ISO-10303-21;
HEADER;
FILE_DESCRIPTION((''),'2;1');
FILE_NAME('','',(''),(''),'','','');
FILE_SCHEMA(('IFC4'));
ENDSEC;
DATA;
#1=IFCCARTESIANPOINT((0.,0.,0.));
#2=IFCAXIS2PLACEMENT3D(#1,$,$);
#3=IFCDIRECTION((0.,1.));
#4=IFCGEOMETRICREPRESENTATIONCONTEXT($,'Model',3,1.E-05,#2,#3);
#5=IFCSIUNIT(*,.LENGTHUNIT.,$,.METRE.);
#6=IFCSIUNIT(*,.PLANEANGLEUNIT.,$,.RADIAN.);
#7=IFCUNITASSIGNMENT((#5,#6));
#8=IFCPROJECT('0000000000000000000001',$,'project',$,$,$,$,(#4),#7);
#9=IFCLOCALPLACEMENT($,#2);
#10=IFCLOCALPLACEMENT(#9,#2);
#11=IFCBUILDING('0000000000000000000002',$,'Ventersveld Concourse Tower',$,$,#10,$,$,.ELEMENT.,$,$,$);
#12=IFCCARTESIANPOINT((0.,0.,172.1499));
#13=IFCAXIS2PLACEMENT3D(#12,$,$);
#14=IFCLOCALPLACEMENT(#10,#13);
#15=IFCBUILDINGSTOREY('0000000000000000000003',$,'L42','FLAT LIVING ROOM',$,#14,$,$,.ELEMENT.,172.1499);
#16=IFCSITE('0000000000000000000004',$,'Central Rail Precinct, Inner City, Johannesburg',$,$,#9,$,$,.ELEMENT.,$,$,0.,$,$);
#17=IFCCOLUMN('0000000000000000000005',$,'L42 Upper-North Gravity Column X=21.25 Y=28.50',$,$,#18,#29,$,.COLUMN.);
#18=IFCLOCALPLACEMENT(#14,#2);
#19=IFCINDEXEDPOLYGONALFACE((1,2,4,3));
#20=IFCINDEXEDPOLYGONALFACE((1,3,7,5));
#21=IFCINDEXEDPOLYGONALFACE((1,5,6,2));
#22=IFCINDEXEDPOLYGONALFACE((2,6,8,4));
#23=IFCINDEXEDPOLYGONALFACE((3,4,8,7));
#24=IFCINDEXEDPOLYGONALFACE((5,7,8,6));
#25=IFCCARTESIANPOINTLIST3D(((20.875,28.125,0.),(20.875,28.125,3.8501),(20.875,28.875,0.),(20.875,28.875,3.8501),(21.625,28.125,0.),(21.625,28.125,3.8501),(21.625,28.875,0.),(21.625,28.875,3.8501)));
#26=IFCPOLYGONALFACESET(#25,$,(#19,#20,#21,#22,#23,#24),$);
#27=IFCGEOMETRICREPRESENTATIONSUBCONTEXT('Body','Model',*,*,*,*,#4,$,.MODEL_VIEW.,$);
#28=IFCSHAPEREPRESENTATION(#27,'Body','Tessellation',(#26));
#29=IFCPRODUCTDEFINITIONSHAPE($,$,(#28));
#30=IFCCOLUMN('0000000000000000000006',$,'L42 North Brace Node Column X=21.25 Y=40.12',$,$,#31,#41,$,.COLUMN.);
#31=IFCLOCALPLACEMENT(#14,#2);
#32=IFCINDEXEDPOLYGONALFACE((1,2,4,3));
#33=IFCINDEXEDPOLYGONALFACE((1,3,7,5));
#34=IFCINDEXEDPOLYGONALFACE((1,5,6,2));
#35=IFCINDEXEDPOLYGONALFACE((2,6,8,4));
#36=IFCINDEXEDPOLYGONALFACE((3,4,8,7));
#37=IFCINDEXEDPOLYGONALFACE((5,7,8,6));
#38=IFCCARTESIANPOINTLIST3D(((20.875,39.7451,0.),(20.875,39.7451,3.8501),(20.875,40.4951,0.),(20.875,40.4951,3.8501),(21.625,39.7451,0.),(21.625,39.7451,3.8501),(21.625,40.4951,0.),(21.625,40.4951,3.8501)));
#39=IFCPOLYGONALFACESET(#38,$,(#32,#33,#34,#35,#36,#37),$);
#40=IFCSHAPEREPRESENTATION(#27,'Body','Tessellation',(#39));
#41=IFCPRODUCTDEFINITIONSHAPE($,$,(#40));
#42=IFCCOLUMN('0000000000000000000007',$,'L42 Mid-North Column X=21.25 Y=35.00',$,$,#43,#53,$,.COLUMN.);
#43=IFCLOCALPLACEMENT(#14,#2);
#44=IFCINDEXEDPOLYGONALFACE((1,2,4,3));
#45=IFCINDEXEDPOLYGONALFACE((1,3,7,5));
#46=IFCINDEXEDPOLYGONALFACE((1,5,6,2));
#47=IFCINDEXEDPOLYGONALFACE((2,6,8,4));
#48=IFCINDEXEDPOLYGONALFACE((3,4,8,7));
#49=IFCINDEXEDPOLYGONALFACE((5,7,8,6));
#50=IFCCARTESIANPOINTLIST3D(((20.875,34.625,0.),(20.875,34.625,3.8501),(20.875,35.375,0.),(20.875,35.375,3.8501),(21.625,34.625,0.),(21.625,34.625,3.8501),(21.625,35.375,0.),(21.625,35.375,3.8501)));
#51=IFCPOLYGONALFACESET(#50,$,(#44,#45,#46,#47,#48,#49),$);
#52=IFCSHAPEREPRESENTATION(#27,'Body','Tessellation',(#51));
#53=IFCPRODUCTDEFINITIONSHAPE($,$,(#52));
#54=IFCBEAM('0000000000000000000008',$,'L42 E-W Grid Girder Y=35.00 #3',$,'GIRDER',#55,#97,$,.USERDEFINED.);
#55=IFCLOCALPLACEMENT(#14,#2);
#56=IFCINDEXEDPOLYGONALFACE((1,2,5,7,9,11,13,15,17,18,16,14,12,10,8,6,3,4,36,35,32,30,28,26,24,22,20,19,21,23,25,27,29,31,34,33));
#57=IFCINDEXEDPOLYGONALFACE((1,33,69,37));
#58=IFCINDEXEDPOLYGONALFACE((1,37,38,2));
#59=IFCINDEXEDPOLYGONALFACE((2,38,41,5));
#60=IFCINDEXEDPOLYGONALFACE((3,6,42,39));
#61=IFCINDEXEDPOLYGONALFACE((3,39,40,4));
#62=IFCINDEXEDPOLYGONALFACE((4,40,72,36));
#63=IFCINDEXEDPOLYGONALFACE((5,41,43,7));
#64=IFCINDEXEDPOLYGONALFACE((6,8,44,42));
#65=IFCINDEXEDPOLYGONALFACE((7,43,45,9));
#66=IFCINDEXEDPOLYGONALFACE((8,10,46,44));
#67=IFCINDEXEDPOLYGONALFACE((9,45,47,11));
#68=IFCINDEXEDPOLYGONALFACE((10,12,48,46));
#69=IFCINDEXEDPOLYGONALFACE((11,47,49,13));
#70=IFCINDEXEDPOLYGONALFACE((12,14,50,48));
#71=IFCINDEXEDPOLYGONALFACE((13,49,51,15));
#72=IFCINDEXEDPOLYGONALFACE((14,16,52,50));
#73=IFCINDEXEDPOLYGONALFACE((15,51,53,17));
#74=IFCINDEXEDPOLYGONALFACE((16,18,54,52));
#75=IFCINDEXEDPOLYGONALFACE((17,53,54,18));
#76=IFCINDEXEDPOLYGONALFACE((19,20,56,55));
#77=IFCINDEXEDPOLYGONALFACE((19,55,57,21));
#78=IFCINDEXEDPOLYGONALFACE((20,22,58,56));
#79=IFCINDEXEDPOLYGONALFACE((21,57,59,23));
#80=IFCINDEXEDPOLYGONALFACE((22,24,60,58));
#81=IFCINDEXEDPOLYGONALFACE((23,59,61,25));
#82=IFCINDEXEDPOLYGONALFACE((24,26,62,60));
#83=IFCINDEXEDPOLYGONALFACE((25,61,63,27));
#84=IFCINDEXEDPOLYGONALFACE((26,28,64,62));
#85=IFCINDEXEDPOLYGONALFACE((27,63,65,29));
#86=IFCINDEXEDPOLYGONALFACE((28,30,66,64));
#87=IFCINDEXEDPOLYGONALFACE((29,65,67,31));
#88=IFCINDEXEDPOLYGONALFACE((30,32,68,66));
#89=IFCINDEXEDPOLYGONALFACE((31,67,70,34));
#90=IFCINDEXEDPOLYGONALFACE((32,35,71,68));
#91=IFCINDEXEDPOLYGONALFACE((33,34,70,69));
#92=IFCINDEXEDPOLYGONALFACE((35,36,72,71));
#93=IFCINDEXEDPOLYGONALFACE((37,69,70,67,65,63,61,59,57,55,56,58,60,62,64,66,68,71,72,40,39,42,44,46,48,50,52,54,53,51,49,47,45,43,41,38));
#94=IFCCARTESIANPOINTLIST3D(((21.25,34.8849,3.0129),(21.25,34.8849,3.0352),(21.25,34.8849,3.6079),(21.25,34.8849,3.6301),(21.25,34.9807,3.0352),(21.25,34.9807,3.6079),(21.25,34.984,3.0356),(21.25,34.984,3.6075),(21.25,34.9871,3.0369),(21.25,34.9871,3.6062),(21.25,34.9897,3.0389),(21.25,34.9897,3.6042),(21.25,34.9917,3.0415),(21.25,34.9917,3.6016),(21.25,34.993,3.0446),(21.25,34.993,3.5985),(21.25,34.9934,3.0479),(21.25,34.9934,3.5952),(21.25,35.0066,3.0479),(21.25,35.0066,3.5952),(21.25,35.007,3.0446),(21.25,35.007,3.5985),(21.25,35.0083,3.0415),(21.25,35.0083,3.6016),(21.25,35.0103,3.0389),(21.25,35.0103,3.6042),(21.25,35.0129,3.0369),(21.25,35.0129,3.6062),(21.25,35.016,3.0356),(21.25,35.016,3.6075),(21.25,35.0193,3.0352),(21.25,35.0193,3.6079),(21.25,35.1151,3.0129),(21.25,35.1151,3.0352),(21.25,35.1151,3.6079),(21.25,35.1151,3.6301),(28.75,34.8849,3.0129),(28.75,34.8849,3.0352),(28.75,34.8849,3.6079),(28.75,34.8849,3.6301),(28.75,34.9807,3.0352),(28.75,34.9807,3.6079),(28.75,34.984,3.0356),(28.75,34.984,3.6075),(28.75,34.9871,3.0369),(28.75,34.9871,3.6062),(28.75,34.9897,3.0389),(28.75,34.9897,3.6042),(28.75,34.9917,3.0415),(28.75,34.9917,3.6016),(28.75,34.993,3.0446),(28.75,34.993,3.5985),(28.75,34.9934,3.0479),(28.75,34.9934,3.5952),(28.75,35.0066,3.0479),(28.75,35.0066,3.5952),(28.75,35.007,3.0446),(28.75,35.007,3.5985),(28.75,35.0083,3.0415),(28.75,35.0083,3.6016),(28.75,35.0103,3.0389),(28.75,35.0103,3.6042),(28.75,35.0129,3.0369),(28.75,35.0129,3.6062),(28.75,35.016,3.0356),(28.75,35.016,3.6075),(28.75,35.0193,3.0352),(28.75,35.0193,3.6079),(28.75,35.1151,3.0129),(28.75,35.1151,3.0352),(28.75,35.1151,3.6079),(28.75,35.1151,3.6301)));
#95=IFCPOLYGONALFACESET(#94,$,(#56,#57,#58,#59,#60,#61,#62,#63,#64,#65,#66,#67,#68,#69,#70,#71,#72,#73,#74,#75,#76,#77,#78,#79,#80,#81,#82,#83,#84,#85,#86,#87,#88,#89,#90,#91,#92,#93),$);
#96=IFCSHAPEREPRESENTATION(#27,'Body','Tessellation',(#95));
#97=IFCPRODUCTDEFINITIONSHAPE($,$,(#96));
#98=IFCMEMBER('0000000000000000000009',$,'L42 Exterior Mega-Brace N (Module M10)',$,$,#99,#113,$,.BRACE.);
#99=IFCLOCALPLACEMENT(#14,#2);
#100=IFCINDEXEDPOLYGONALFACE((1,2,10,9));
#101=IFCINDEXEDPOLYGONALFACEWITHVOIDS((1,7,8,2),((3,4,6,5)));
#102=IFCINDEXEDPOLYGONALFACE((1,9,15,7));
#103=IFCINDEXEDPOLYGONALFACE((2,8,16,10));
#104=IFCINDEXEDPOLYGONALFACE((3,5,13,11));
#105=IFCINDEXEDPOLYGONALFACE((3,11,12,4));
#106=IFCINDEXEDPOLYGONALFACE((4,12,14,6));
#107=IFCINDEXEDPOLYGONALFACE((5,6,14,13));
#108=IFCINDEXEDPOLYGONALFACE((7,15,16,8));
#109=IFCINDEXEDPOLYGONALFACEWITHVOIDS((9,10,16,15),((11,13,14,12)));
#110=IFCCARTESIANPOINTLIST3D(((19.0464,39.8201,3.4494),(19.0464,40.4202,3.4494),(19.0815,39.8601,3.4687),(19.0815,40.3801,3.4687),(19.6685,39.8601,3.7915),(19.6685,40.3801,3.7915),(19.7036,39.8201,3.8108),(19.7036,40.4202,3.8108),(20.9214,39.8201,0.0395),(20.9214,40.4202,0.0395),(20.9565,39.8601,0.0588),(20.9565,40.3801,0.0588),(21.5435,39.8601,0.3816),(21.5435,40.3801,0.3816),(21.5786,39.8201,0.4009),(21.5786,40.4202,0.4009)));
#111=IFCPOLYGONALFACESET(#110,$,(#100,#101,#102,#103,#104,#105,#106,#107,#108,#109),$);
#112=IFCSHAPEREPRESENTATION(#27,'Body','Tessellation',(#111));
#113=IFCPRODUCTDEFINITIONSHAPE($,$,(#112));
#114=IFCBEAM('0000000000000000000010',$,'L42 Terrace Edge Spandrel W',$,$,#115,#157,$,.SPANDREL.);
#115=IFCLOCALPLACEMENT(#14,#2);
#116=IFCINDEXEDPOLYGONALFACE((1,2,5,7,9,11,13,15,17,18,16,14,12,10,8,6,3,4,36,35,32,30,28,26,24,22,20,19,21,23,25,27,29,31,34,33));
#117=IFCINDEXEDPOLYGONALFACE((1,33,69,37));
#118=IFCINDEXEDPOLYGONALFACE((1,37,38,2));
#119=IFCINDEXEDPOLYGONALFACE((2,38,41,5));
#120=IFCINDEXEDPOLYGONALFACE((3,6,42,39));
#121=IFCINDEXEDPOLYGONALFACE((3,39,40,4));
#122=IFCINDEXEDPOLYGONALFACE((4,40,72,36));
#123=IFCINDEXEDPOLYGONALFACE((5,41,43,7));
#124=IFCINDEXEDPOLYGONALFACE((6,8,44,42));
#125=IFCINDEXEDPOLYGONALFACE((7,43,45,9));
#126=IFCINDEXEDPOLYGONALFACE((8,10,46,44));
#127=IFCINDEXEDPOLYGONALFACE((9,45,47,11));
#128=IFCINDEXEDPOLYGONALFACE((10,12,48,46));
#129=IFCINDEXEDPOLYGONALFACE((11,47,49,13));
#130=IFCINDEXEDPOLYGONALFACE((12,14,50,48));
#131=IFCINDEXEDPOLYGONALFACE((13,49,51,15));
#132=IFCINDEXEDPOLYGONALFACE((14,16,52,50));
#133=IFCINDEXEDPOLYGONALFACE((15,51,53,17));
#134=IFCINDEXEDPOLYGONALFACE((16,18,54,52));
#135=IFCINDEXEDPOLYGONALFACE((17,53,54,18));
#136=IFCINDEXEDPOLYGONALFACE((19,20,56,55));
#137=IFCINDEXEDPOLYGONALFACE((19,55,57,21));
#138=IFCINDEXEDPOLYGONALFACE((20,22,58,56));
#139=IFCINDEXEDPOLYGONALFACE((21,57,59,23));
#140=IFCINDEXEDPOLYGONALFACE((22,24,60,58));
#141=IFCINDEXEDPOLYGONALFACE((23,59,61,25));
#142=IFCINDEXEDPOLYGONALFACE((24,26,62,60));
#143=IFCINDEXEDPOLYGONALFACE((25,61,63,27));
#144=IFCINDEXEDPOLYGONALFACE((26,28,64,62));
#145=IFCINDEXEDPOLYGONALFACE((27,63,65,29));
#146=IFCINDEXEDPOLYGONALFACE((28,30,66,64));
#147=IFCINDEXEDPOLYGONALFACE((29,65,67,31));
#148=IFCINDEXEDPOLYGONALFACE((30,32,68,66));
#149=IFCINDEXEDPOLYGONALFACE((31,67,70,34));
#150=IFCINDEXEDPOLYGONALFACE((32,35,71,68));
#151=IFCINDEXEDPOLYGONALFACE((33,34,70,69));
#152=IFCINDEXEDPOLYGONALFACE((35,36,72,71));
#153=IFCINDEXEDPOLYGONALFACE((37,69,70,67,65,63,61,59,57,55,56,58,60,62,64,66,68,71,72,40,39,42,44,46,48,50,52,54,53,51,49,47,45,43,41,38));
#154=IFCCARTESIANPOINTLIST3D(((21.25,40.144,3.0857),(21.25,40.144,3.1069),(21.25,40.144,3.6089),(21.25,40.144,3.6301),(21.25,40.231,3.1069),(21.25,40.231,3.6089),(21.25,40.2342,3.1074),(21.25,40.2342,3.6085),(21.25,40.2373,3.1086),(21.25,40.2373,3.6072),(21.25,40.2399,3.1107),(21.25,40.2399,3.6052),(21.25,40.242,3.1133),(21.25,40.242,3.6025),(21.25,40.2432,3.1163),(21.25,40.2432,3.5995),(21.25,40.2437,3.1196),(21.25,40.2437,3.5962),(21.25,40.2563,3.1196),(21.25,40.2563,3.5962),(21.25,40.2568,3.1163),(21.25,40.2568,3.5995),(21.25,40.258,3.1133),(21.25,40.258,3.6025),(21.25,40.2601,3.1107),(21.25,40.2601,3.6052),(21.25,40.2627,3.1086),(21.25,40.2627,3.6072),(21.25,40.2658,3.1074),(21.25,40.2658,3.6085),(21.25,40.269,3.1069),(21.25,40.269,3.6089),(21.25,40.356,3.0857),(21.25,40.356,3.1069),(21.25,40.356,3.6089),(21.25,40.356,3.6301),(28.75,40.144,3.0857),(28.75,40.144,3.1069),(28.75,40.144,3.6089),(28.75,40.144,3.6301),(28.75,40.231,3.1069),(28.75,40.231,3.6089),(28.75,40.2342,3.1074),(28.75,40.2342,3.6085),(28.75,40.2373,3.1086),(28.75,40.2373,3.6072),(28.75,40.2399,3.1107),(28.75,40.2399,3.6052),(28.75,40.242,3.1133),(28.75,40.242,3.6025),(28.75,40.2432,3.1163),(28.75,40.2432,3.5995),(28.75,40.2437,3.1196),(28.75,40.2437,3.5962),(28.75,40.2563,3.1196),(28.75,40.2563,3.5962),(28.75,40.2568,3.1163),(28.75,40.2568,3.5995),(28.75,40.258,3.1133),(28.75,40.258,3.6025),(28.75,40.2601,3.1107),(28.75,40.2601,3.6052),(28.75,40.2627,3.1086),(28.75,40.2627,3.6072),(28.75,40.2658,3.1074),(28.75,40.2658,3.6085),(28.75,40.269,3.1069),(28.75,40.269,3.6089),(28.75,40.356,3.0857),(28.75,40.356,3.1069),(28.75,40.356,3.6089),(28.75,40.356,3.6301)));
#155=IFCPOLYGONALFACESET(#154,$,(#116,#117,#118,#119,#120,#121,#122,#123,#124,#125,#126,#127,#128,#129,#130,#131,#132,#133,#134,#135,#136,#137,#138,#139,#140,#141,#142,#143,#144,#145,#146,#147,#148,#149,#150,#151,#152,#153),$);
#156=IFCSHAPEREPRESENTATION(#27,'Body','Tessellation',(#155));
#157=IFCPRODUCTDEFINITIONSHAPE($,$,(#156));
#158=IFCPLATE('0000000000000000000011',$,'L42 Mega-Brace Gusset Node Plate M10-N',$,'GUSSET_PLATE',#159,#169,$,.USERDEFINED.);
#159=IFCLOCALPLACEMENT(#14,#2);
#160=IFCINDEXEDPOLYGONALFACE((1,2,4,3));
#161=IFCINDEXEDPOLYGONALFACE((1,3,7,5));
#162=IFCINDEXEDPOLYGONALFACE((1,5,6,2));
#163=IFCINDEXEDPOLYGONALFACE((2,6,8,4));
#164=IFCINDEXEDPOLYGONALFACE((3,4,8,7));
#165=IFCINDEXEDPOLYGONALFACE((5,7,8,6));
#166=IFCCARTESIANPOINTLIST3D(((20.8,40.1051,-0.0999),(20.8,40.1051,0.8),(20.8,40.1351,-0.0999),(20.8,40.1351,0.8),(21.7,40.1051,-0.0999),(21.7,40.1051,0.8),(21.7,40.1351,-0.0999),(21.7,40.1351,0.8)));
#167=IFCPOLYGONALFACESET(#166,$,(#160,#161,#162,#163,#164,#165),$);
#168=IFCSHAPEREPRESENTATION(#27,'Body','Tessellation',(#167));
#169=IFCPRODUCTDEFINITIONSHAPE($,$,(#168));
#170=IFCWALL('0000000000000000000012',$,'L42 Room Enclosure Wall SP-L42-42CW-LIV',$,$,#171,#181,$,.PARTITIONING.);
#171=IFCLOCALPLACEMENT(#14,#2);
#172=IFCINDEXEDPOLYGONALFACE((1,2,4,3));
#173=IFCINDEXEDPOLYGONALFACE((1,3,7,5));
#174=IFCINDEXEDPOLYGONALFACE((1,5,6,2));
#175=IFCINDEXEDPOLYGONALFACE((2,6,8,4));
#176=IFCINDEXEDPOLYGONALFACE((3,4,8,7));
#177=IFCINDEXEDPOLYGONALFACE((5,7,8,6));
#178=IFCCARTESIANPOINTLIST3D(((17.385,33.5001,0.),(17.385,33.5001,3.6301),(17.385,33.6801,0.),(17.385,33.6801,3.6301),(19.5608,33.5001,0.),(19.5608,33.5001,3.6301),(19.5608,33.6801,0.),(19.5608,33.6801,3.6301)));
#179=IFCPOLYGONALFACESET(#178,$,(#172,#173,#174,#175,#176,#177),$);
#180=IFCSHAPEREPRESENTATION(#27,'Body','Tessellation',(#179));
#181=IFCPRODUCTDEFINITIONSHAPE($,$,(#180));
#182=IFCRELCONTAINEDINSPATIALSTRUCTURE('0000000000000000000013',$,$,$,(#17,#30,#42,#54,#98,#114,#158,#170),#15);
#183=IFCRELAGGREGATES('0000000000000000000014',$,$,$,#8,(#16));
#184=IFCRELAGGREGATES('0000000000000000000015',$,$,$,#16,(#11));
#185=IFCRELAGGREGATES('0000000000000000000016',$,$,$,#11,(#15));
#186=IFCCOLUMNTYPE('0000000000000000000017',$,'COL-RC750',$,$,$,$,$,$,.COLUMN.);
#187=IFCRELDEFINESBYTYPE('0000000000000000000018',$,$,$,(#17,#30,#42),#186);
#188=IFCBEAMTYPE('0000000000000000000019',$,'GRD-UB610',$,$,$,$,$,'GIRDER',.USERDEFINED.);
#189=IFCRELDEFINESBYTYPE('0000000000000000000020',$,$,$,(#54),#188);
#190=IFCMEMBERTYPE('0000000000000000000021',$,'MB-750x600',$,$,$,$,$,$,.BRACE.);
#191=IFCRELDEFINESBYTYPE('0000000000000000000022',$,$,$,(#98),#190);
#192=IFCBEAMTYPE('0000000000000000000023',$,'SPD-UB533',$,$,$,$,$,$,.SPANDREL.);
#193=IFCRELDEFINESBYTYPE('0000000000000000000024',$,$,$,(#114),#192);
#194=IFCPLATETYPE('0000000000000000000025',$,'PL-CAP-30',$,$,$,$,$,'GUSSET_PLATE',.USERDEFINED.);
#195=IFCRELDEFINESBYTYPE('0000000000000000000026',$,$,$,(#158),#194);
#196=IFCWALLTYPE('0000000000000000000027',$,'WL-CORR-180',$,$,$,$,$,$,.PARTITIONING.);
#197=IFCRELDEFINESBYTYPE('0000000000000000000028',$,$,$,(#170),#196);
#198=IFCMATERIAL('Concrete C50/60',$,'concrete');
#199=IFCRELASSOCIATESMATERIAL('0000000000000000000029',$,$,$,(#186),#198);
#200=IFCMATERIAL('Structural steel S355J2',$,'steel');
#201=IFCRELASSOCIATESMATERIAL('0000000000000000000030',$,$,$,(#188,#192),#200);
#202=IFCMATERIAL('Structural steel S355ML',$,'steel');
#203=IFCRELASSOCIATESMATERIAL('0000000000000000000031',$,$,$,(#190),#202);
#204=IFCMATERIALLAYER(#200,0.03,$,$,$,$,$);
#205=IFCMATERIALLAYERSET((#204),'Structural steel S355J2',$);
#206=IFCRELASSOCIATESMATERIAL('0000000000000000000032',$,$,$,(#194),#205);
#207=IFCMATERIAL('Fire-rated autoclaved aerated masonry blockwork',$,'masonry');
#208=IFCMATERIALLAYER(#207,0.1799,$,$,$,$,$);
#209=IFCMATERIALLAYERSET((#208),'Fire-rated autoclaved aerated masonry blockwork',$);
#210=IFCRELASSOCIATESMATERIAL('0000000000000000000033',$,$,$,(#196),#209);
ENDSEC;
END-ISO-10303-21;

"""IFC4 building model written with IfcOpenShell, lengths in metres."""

from ifc_helpers import new_model, si_unit, direction, frame, frame_2d, origin, origin_2d, place, context, subcontext, project, spatial, rectangle, hollow_rectangle, i_section, extrude, material, layer, layer_set, material_profile, profile_set, type_object, element, save


model = new_model("IFC4")

# Units and contexts
model_context = context("Model", 3, precision=1e-05, world=origin(), true_north=direction((0.0, 1.0)))
body_context = subcontext(model_context, "Body", "Model", "MODEL_VIEW")
ifc_project = project(units=[si_unit("LENGTHUNIT", "METRE"), si_unit("PLANEANGLEUNIT", "RADIAN")], contexts=[model_context])

# Site, building, storey
site_placement = place(None, origin())
site = spatial("IfcSite", under=ifc_project, at=site_placement, Name="Central Rail Precinct, Inner City, Johannesburg", CompositionType="ELEMENT", RefElevation=0.0)
building_placement = place(site_placement, origin())
building = spatial("IfcBuilding", under=site, at=building_placement, Name="Ventersveld Concourse Tower", CompositionType="ELEMENT")
storey_placement = place(building_placement, frame((0.0, 0.0, 172.1499)))
storey = spatial("IfcBuildingStorey", under=building, at=storey_placement, Name="L42", Description="FLAT LIVING ROOM", CompositionType="ELEMENT", Elevation=172.1499)

# Columns
ifc_material_1 = material(Name="Concrete C50/60", Category="concrete")
ifc_material_profile_1 = material_profile(ifc_material_1, rectangle(XDim=0.75, YDim=0.75, at=origin_2d()), Name="RC 750x750")
ifc_profile_set_1 = profile_set([ifc_material_profile_1], Name="Concrete C50/60")
column_type = type_object("IfcColumnType", Name="COL-RC750", PredefinedType="COLUMN", material=ifc_profile_set_1)
for number, where, z_axis, x_axis, name in (
    (1, (21.25, 28.5, 0.0), (0.0, 0.0, 1.0), (1.0, 0.0, 0.0), "L42 Upper-North Gravity Column X=21.25 Y=28.50"),
    (2, (21.25, 40.1201, 0.0), (0.0, 0.0, 1.0), (1.0, 0.0, 0.0), "L42 North Brace Node Column X=21.25 Y=40.12"),
    (3, (21.25, 35.0, 0.0), (0.0, 0.0, 1.0), (1.0, 0.0, 0.0), "L42 Mid-North Column X=21.25 Y=35.00"),
):
    element("IfcColumn", number, at=place(storey_placement, frame(where, z_axis=z_axis, x_axis=x_axis)), inside=storey, type_object=column_type, Name=name, PredefinedType="COLUMN", context=body_context, shape_type="SweptSolid", body=[
        extrude(rectangle(XDim=0.75, YDim=0.75, at=origin_2d()), origin(), (0.0, 0.0, 1.0), 3.8501),
    ])

# Beam
ifc_material_2 = material(Name="Structural steel S355J2", Category="steel")
ifc_material_profile_2 = material_profile(ifc_material_2, i_section(OverallWidth=0.2302, OverallDepth=0.6172, WebThickness=0.0132, FlangeThickness=0.0222, FilletRadius=0.0127, at=origin_2d()), Name="UB 610x229x140")
ifc_profile_set_2 = profile_set([ifc_material_profile_2], Name="Structural steel S355J2")
beam_type_1 = type_object("IfcBeamType", Name="GRD-UB610", ElementType="GIRDER", PredefinedType="USERDEFINED", material=ifc_profile_set_2)
beam_1_placement = place(storey_placement, frame((21.25, 35.0, 3.3215), z_axis=(1.0, 0.0, 0.0), x_axis=(0.0, 1.0, 0.0)))
element("IfcBeam", 4, at=beam_1_placement, inside=storey, type_object=beam_type_1, Name="L42 E-W Grid Girder Y=35.00 #3", ObjectType="GIRDER", PredefinedType="USERDEFINED", context=body_context, shape_type="SweptSolid", body=[
    extrude(i_section(OverallWidth=0.2302, OverallDepth=0.6172, WebThickness=0.0132, FlangeThickness=0.0222, FilletRadius=0.0127, at=origin_2d()), origin(), (0.0, 0.0, 1.0), 7.5),
])

# Member
ifc_material_3 = material(Name="Structural steel S355ML", Category="steel")
ifc_material_profile_3 = material_profile(ifc_material_3, hollow_rectangle(XDim=0.6001, YDim=0.75, WallThickness=0.04, at=origin_2d()), Name="BOX 750x600x40")
ifc_profile_set_3 = profile_set([ifc_material_profile_3], Name="Structural steel S355ML")
member_type = type_object("IfcMemberType", Name="MB-750x600", PredefinedType="BRACE", material=ifc_profile_set_3)
member_placement = place(storey_placement, frame((21.25, 40.1201, 0.2202), z_axis=(-0.48183, 0.0, 0.876265), x_axis=(0.0, -1.0, 0.0)))
element("IfcMember", 5, at=member_placement, inside=storey, type_object=member_type, Name="L42 Exterior Mega-Brace N (Module M10)", PredefinedType="BRACE", context=body_context, shape_type="SweptSolid", body=[
    extrude(hollow_rectangle(XDim=0.6001, YDim=0.75, WallThickness=0.04, at=origin_2d()), origin(), (0.0, 0.0, 1.0), 3.8914),
])

# Beam
ifc_material_profile_4 = material_profile(ifc_material_2, i_section(OverallWidth=0.2119, OverallDepth=0.5444, WebThickness=0.0127, FlangeThickness=0.0212, FilletRadius=0.0127, at=origin_2d()), Name="UB 533x210x122")
ifc_profile_set_4 = profile_set([ifc_material_profile_4], Name="Structural steel S355J2")
beam_type_2 = type_object("IfcBeamType", Name="SPD-UB533", PredefinedType="SPANDREL", material=ifc_profile_set_4)
beam_2_placement = place(storey_placement, frame((21.25, 40.25, 3.3579), z_axis=(1.0, 0.0, 0.0), x_axis=(0.0, 1.0, 0.0)))
element("IfcBeam", 6, at=beam_2_placement, inside=storey, type_object=beam_type_2, Name="L42 Terrace Edge Spandrel W", PredefinedType="SPANDREL", context=body_context, shape_type="SweptSolid", body=[
    extrude(i_section(OverallWidth=0.2119, OverallDepth=0.5444, WebThickness=0.0127, FlangeThickness=0.0212, FilletRadius=0.0127, at=origin_2d()), origin(), (0.0, 0.0, 1.0), 7.5),
])

# Plate
ifc_layer_1 = layer(ifc_material_2, 0.03)
ifc_layer_set_1 = layer_set([ifc_layer_1], Name="Structural steel S355J2")
plate_type = type_object("IfcPlateType", Name="PL-CAP-30", ElementType="GUSSET_PLATE", PredefinedType="USERDEFINED", material=ifc_layer_set_1)
plate_placement = place(storey_placement, frame((21.25, 40.1201, -0.0999), z_axis=(0.0, 0.0, 1.0), x_axis=(1.0, 0.0, 0.0)))
element("IfcPlate", 7, at=plate_placement, inside=storey, type_object=plate_type, Name="L42 Mega-Brace Gusset Node Plate M10-N", ObjectType="GUSSET_PLATE", PredefinedType="USERDEFINED", context=body_context, shape_type="SweptSolid", body=[
    extrude(rectangle(XDim=0.8999, YDim=0.03, at=origin_2d()), origin(), (0.0, 0.0, 1.0), 0.8999),
])

# Wall
ifc_material_4 = material(Name="Fire-rated autoclaved aerated masonry blockwork", Category="masonry")
ifc_layer_2 = layer(ifc_material_4, 0.1799)
ifc_layer_set_2 = layer_set([ifc_layer_2], Name="Fire-rated autoclaved aerated masonry blockwork")
wall_type_1 = type_object("IfcWallType", Name="WL-CORR-180", PredefinedType="PARTITIONING", material=ifc_layer_set_2)
wall_1_placement = place(storey_placement, frame((19.5608, 33.5901, 0.0), z_axis=(0.0, 0.0, 1.0), x_axis=(-1.0, 0.0, 0.0)))
element("IfcWall", 8, at=wall_1_placement, inside=storey, type_object=wall_type_1, Name="L42 Room Enclosure Wall SP-L42-42CW-LIV", PredefinedType="PARTITIONING", context=body_context, shape_type="SweptSolid", body=[
    extrude(rectangle(XDim=2.1758, YDim=0.1799, at=frame_2d((1.0879, 0.0))), origin(), (0.0, 0.0, 1.0), 3.6301),
])

save(model, "model.ifc")
